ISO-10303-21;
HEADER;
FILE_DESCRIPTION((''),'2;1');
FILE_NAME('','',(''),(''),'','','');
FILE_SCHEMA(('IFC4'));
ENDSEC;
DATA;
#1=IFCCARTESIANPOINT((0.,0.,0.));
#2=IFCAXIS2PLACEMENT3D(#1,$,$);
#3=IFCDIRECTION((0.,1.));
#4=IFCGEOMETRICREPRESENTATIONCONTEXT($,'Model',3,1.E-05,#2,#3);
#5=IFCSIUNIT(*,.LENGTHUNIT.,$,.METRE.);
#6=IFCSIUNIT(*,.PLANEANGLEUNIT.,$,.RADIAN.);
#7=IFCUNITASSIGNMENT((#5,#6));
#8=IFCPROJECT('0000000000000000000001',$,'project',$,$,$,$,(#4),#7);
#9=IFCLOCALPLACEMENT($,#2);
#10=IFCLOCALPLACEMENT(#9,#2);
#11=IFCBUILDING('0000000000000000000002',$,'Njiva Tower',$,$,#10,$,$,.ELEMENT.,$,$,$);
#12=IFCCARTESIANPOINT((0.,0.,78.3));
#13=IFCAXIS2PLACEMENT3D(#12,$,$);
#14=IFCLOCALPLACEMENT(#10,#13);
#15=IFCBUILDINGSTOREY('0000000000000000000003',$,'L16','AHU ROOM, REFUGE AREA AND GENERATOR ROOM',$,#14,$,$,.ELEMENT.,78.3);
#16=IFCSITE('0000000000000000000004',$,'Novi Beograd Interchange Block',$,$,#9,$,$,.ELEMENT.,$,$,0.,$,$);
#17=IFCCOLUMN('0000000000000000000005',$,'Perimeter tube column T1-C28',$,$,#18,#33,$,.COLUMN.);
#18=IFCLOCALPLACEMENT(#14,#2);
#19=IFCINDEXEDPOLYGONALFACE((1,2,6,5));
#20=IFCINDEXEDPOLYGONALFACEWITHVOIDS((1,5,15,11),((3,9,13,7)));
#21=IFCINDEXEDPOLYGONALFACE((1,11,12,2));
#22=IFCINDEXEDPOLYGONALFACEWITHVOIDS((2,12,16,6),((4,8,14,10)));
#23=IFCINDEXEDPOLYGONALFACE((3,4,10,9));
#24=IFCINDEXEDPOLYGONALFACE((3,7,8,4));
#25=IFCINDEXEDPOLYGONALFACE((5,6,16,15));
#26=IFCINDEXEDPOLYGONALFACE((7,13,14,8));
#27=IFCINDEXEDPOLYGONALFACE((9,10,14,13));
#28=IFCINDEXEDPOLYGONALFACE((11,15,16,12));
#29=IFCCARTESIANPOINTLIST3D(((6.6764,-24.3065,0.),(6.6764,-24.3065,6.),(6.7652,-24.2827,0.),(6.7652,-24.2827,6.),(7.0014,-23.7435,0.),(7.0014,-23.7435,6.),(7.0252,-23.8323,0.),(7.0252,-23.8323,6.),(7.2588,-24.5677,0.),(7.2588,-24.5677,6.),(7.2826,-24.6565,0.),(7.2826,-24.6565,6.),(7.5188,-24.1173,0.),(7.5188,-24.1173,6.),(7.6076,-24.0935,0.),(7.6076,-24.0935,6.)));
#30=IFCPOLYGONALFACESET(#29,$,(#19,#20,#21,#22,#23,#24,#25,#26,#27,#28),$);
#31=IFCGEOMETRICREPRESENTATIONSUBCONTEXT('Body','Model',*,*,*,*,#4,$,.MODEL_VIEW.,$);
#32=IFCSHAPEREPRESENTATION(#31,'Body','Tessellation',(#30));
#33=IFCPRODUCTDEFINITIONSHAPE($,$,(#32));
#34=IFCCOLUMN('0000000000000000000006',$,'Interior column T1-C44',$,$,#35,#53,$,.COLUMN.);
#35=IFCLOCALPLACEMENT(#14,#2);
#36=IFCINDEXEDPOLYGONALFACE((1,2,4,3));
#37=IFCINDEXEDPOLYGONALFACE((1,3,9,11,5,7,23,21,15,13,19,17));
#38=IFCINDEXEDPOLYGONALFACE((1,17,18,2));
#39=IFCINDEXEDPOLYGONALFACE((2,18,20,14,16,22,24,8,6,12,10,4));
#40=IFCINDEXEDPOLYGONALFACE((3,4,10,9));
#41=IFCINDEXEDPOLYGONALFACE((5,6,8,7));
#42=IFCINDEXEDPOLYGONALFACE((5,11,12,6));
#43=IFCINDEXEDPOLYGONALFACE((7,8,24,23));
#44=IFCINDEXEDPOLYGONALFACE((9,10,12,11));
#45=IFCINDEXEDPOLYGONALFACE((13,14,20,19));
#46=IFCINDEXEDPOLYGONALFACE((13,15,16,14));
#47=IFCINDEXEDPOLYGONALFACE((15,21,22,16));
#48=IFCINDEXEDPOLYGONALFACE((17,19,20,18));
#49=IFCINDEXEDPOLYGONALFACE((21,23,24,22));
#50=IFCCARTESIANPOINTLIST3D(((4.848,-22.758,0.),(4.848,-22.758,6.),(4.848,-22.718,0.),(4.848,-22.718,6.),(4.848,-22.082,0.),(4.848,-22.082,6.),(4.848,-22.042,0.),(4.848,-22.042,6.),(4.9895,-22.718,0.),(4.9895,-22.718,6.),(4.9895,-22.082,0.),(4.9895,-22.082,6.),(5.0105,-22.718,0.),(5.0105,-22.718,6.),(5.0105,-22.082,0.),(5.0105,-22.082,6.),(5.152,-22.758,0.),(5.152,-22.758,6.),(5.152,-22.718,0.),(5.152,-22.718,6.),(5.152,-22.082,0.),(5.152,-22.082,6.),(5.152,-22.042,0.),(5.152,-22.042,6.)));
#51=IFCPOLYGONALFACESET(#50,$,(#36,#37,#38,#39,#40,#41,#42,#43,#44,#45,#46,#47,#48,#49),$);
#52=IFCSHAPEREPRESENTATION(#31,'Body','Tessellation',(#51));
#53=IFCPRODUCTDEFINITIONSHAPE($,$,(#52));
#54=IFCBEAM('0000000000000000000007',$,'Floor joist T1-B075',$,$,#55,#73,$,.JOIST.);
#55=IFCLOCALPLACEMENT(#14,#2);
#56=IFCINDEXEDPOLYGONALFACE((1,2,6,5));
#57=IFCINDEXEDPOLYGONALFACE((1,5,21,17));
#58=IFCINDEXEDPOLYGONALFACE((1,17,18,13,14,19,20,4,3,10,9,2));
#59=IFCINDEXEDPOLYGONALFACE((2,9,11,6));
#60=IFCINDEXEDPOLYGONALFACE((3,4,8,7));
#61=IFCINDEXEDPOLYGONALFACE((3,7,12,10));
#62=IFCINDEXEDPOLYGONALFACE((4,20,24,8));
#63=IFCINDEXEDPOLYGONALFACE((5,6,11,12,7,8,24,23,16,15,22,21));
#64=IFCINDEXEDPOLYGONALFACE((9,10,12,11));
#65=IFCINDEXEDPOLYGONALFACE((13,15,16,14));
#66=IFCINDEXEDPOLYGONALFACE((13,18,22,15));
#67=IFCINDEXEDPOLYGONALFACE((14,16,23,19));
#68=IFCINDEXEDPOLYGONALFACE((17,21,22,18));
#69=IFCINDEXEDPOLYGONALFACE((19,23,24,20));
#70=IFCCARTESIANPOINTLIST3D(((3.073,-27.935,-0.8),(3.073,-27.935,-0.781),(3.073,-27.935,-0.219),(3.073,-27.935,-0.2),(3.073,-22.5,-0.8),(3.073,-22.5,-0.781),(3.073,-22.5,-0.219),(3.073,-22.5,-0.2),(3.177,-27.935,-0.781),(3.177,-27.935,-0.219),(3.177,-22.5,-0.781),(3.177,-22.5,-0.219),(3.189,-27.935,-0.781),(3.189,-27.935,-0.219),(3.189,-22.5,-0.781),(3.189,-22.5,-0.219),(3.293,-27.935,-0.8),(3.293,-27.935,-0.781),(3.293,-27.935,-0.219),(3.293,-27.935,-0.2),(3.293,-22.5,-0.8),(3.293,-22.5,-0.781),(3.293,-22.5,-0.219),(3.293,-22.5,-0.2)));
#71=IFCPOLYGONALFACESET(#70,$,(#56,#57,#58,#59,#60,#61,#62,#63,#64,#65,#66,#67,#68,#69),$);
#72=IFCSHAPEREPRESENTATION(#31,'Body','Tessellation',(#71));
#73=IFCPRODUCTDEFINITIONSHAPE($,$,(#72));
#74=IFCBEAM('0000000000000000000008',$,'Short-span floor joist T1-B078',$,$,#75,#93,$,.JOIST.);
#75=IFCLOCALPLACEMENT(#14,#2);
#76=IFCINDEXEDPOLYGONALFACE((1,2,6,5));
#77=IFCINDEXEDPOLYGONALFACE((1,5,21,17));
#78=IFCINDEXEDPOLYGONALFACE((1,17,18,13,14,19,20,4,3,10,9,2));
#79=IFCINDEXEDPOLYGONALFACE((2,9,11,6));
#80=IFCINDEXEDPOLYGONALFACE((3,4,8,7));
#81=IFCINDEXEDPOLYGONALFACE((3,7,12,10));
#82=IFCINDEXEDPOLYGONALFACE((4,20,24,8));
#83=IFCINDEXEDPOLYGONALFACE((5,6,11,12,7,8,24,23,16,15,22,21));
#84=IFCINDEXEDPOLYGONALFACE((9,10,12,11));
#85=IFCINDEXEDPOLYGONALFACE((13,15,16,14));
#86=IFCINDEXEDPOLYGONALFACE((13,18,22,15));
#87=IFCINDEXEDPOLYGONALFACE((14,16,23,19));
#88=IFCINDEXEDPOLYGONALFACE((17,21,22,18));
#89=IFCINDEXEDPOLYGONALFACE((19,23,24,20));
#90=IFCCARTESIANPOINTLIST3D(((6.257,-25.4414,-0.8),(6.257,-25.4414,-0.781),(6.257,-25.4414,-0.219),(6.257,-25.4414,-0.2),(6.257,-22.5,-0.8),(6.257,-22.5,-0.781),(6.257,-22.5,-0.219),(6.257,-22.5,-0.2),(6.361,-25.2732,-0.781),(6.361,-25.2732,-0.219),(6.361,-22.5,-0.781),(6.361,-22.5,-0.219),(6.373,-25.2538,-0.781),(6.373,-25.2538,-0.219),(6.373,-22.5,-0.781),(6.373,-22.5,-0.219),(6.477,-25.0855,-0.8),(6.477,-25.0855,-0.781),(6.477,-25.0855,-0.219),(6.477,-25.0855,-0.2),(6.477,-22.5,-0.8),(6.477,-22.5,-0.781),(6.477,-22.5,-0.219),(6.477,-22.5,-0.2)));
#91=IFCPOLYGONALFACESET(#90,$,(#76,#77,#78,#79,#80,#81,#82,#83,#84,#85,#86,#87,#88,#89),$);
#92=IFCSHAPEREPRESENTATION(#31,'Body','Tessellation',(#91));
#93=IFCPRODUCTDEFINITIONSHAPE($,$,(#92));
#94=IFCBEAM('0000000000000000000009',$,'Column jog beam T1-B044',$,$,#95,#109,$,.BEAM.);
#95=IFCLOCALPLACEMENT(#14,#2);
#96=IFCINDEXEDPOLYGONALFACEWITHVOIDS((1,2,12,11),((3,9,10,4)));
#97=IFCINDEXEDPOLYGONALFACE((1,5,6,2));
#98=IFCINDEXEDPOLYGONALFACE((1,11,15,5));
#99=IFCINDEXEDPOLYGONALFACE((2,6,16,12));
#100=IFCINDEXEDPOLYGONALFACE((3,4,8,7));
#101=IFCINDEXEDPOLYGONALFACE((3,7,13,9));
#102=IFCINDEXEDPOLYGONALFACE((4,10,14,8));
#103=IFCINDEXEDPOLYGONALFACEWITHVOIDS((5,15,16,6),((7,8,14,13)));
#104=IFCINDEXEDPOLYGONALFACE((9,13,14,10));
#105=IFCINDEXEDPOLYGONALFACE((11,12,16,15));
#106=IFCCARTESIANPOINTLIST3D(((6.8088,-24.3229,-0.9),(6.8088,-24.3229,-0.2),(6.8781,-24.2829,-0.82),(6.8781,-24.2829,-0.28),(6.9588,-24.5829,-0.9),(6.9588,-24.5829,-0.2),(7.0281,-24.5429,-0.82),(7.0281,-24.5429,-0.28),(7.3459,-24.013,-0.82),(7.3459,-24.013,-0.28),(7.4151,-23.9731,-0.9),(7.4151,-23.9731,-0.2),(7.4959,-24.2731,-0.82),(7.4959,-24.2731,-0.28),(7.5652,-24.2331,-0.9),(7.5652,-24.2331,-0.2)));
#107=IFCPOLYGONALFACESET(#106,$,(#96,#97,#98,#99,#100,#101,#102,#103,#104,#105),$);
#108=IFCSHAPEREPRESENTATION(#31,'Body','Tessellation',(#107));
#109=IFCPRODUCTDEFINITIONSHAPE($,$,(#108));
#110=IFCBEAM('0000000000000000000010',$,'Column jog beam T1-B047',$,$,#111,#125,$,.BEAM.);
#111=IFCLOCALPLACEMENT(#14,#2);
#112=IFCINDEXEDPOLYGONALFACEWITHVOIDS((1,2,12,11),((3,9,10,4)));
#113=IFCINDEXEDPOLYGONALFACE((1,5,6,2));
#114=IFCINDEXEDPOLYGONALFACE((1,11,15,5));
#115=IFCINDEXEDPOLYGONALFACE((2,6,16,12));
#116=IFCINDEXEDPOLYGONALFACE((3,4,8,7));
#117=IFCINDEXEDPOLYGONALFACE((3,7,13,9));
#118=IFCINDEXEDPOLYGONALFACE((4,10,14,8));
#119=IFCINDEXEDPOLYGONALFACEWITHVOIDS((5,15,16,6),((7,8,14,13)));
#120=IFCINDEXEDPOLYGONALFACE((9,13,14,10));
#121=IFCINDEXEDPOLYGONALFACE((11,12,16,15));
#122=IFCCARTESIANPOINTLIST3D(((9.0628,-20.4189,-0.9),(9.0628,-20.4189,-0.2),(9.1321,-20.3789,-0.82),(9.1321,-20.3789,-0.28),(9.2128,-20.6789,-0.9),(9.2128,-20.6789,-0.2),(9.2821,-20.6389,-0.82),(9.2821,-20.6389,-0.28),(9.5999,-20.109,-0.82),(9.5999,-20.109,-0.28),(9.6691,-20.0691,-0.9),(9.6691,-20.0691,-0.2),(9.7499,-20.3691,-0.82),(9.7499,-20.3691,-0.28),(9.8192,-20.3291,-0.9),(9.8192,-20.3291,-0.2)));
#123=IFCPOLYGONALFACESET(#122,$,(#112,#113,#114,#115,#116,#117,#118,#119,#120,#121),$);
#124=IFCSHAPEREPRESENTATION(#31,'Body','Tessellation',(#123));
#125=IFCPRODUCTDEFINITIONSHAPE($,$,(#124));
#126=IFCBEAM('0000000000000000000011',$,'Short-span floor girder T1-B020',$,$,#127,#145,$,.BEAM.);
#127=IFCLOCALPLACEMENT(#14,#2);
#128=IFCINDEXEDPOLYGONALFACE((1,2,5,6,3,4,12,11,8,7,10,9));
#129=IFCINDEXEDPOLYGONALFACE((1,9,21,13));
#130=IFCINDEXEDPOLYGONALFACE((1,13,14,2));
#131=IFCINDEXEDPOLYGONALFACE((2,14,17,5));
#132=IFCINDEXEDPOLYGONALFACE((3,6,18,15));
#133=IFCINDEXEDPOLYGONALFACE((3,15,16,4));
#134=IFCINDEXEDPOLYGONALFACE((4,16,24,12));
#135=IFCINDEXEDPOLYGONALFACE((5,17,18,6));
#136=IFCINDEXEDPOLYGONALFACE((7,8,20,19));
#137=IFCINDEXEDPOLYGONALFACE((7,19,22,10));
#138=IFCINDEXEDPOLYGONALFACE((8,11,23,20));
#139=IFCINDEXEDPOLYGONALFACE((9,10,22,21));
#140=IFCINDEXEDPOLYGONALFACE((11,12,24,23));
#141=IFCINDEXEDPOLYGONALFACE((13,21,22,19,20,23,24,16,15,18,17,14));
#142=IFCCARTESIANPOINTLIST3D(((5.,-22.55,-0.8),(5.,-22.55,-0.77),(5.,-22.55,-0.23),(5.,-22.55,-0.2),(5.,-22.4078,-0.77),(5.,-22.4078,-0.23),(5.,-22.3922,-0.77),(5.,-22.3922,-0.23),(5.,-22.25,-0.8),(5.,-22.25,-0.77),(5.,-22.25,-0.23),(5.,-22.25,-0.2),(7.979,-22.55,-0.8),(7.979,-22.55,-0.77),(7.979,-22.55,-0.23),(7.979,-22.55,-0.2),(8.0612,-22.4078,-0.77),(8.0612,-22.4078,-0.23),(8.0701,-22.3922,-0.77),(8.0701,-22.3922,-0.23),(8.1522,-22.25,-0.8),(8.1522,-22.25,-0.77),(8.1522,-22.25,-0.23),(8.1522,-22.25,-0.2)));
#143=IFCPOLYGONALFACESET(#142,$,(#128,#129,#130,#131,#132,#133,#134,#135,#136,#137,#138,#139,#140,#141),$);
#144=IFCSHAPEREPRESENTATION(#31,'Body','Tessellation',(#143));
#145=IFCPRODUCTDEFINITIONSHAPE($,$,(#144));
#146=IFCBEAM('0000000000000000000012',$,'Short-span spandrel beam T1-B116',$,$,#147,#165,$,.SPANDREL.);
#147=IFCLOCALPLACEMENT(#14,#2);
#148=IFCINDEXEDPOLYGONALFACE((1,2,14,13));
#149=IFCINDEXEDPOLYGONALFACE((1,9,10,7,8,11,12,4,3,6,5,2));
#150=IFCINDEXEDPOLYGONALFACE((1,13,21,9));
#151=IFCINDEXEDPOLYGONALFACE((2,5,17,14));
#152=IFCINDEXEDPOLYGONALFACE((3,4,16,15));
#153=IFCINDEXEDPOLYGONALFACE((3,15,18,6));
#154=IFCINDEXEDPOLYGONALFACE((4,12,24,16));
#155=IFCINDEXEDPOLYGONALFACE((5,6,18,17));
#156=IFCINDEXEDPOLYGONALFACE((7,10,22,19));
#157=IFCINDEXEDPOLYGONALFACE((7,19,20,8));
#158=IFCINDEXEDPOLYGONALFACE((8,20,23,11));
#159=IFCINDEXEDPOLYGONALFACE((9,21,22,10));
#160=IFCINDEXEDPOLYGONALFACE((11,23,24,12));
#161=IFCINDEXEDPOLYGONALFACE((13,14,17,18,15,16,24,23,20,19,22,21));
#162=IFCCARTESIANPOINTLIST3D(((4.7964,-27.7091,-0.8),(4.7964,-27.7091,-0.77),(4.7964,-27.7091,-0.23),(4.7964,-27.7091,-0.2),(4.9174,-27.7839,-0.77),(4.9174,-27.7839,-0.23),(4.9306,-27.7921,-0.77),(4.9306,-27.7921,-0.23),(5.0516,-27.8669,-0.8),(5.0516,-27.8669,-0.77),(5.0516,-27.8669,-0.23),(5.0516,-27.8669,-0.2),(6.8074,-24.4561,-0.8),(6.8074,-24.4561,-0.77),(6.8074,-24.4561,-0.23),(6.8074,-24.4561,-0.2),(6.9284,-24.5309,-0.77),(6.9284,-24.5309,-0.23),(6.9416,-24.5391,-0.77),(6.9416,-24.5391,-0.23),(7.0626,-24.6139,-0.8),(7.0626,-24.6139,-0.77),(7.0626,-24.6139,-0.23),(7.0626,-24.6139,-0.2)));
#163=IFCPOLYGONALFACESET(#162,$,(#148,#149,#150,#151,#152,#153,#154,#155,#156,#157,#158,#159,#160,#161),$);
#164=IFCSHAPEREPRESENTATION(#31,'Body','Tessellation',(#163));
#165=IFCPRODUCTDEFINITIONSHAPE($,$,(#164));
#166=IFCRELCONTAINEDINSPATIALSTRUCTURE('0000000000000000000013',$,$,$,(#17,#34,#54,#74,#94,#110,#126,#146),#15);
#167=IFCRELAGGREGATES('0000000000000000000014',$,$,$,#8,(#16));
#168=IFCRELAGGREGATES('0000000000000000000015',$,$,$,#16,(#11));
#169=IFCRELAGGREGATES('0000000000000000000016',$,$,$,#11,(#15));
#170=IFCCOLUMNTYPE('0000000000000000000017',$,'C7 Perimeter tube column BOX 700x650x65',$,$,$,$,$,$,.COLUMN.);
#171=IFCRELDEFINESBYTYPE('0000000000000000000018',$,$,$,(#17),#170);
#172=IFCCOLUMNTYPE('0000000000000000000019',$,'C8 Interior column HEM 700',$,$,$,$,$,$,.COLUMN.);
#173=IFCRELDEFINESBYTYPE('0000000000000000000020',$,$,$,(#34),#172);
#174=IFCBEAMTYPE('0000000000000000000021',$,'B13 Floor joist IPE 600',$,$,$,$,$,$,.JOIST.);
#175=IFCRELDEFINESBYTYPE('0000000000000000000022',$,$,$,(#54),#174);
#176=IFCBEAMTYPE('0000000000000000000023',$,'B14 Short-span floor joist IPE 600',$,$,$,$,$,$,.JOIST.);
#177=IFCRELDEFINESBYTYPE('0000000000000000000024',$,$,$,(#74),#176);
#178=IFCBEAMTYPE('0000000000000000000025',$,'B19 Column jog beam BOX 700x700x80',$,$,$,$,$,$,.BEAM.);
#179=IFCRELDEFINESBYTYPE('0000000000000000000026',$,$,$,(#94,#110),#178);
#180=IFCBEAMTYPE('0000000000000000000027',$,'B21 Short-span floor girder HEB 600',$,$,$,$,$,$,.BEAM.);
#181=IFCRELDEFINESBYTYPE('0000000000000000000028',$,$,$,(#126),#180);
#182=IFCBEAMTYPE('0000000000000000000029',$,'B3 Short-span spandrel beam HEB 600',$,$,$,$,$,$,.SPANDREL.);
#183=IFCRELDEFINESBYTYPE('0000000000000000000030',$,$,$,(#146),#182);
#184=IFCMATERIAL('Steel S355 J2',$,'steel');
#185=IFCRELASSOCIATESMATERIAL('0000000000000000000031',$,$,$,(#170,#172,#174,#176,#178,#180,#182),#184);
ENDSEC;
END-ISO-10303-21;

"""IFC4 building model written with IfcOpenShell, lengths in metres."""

from ifc_helpers import new_model, si_unit, direction, frame, origin, origin_2d, place, context, subcontext, project, spatial, hollow_rectangle, i_section, extrude, clip, halfspace, material, material_profile, profile_set, type_object, element, save


model = new_model("IFC4")

# Units and contexts
model_context = context("Model", 3, precision=1e-05, world=origin(), true_north=direction((0.0, 1.0)))
body_context = subcontext(model_context, "Body", "Model", "MODEL_VIEW")
ifc_project = project(units=[si_unit("LENGTHUNIT", "METRE"), si_unit("PLANEANGLEUNIT", "RADIAN")], contexts=[model_context])

# Site, building, storey
site_placement = place(None, origin())
site = spatial("IfcSite", under=ifc_project, at=site_placement, Name="Novi Beograd Interchange Block", CompositionType="ELEMENT", RefElevation=0.0)
building_placement = place(site_placement, origin())
building = spatial("IfcBuilding", under=site, at=building_placement, Name="Njiva Tower", CompositionType="ELEMENT")
storey_placement = place(building_placement, frame((0.0, 0.0, 78.3)))
storey = spatial("IfcBuildingStorey", under=building, at=storey_placement, Name="L16", Description="AHU ROOM, REFUGE AREA AND GENERATOR ROOM", CompositionType="ELEMENT", Elevation=78.3)

# Columns
ifc_material_1 = material(Name="Steel S355 J2", Category="steel")
ifc_material_profile_1 = material_profile(ifc_material_1, hollow_rectangle(XDim=0.65, YDim=0.7, WallThickness=0.065, at=origin_2d()), Name="BOX 700x650x65")
ifc_profile_set_1 = profile_set([ifc_material_profile_1], Name="Steel S355 J2")
column_type_1 = type_object("IfcColumnType", Name="C7 Perimeter tube column BOX 700x650x65", PredefinedType="COLUMN", material=ifc_profile_set_1)
column_1_placement = place(storey_placement, frame((7.142, -24.2, 0.0), z_axis=(0.0, 0.0, 1.0), x_axis=(0.5, 0.866025, 0.0)))
element("IfcColumn", 1, at=column_1_placement, inside=storey, type_object=column_type_1, Name="Perimeter tube column T1-C28", PredefinedType="COLUMN", context=body_context, shape_type="SweptSolid", body=[
    extrude(hollow_rectangle(XDim=0.65, YDim=0.7, WallThickness=0.065, at=origin_2d()), origin(), (0.0, 0.0, 1.0), 6.0),
])
ifc_material_profile_2 = material_profile(ifc_material_1, i_section(OverallWidth=0.304, OverallDepth=0.716, WebThickness=0.021, FlangeThickness=0.04, at=origin_2d()), Name="HEM 700")
ifc_profile_set_2 = profile_set([ifc_material_profile_2], Name="Steel S355 J2")
column_type_2 = type_object("IfcColumnType", Name="C8 Interior column HEM 700", PredefinedType="COLUMN", material=ifc_profile_set_2)
column_2_placement = place(storey_placement, frame((5.0, -22.4, 0.0), z_axis=(0.0, 0.0, 1.0), x_axis=(1.0, 0.0, 0.0)))
element("IfcColumn", 2, at=column_2_placement, inside=storey, type_object=column_type_2, Name="Interior column T1-C44", PredefinedType="COLUMN", context=body_context, shape_type="SweptSolid", body=[
    extrude(i_section(OverallWidth=0.304, OverallDepth=0.716, WebThickness=0.021, FlangeThickness=0.04, at=origin_2d()), origin(), (0.0, 0.0, 1.0), 6.0),
])

# Beams
ifc_material_profile_3 = material_profile(ifc_material_1, i_section(OverallWidth=0.22, OverallDepth=0.6, WebThickness=0.012, FlangeThickness=0.019, at=origin_2d()), Name="IPE 600")
ifc_profile_set_3 = profile_set([ifc_material_profile_3], Name="Steel S355 J2")
beam_type_1 = type_object("IfcBeamType", Name="B13 Floor joist IPE 600", PredefinedType="JOIST", material=ifc_profile_set_3)
beam_1_placement = place(storey_placement, frame((3.183, -22.5, -0.5), z_axis=(0.0, -1.0, 0.0), x_axis=(1.0, 0.0, 0.0)))
element("IfcBeam", 3, at=beam_1_placement, inside=storey, type_object=beam_type_1, Name="Floor joist T1-B075", PredefinedType="JOIST", context=body_context, shape_type="SweptSolid", body=[
    extrude(i_section(OverallWidth=0.22, OverallDepth=0.6, WebThickness=0.012, FlangeThickness=0.019, at=origin_2d()), origin(), (0.0, 0.0, 1.0), 5.435),
])
ifc_material_profile_4 = material_profile(ifc_material_1, i_section(OverallWidth=0.22, OverallDepth=0.6, WebThickness=0.012, FlangeThickness=0.019, at=origin_2d()), Name="IPE 600")
ifc_profile_set_4 = profile_set([ifc_material_profile_4], Name="Steel S355 J2")
beam_type_2 = type_object("IfcBeamType", Name="B14 Short-span floor joist IPE 600", PredefinedType="JOIST", material=ifc_profile_set_4)
beam_2_placement = place(storey_placement, frame((6.367, -22.5, -0.5), z_axis=(0.0, -1.0, 0.0), x_axis=(1.0, 0.0, 0.0)))
element("IfcBeam", 4, at=beam_2_placement, inside=storey, type_object=beam_type_2, Name="Short-span floor joist T1-B078", PredefinedType="JOIST", context=body_context, shape_type="Clipping", body=[
    clip(extrude(i_section(OverallWidth=0.22, OverallDepth=0.6, WebThickness=0.012, FlangeThickness=0.019, at=origin_2d()), origin(), (0.0, 0.0, 1.0), 2.962), halfspace(frame((0.0422, 0.0, 2.6952), z_axis=(0.85062, 0.0, 0.52578), x_axis=(0.0, 1.0, 0.0)), False)),
])
ifc_material_profile_5 = material_profile(ifc_material_1, hollow_rectangle(XDim=0.7, YDim=0.7, WallThickness=0.08, at=origin_2d()), Name="BOX 700x700x80")
ifc_profile_set_5 = profile_set([ifc_material_profile_5], Name="Steel S355 J2")
beam_type_3 = type_object("IfcBeamType", Name="B19 Column jog beam BOX 700x700x80", PredefinedType="BEAM", material=ifc_profile_set_5)
for number, where, z_axis, x_axis, name in (
    (5, (7.262, -24.408, -0.55), (-0.499722, 0.866186, 0.0), (-0.866186, -0.499722, 0.0), "Column jog beam T1-B044"),
    (6, (9.516, -20.504, -0.55), (-0.499722, 0.866186, 0.0), (-0.866186, -0.499722, 0.0), "Column jog beam T1-B047"),
):
    element("IfcBeam", number, at=place(storey_placement, frame(where, z_axis=z_axis, x_axis=x_axis)), inside=storey, type_object=beam_type_3, Name=name, PredefinedType="BEAM", context=body_context, shape_type="SweptSolid", body=[
        extrude(hollow_rectangle(XDim=0.7, YDim=0.7, WallThickness=0.08, at=origin_2d()), origin(), (0.0, 0.0, 1.0), 0.3002),
    ])
ifc_material_profile_6 = material_profile(ifc_material_1, i_section(OverallWidth=0.3, OverallDepth=0.6, WebThickness=0.0155, FlangeThickness=0.03, at=origin_2d()), Name="HEB 600")
ifc_profile_set_6 = profile_set([ifc_material_profile_6], Name="Steel S355 J2")
beam_type_4 = type_object("IfcBeamType", Name="B21 Short-span floor girder HEB 600", PredefinedType="BEAM", material=ifc_profile_set_6)
beam_3_placement = place(storey_placement, frame((5.0, -22.4, -0.5), z_axis=(1.0, 0.0, 0.0), x_axis=(0.0, 1.0, 0.0)))
element("IfcBeam", 7, at=beam_3_placement, inside=storey, type_object=beam_type_4, Name="Short-span floor girder T1-B020", PredefinedType="BEAM", context=body_context, shape_type="Clipping", body=[
    clip(extrude(i_section(OverallWidth=0.3, OverallDepth=0.6, WebThickness=0.0155, FlangeThickness=0.03, at=origin_2d()), origin(), (0.0, 0.0, 1.0), 3.173), halfspace(frame((-0.025, 0.0, 3.0512), z_axis=(-0.499998, 0.0, 0.866027), x_axis=(0.0, 1.0, 0.0)), False)),
])
ifc_material_profile_7 = material_profile(ifc_material_1, i_section(OverallWidth=0.3, OverallDepth=0.6, WebThickness=0.0155, FlangeThickness=0.03, at=origin_2d()), Name="HEB 600")
ifc_profile_set_7 = profile_set([ifc_material_profile_7], Name="Steel S355 J2")
beam_type_5 = type_object("IfcBeamType", Name="B3 Short-span spandrel beam HEB 600", PredefinedType="SPANDREL", material=ifc_profile_set_7)
beam_4_placement = place(storey_placement, frame((4.924, -27.788, -0.5), z_axis=(0.525832, 0.850588, 0.0), x_axis=(-0.850588, 0.525832, 0.0)))
element("IfcBeam", 8, at=beam_4_placement, inside=storey, type_object=beam_type_5, Name="Short-span spandrel beam T1-B116", PredefinedType="SPANDREL", context=body_context, shape_type="SweptSolid", body=[
    extrude(i_section(OverallWidth=0.3, OverallDepth=0.6, WebThickness=0.0155, FlangeThickness=0.03, at=origin_2d()), origin(), (0.0, 0.0, 1.0), 3.8244),
])

save(model, "model.ifc")
